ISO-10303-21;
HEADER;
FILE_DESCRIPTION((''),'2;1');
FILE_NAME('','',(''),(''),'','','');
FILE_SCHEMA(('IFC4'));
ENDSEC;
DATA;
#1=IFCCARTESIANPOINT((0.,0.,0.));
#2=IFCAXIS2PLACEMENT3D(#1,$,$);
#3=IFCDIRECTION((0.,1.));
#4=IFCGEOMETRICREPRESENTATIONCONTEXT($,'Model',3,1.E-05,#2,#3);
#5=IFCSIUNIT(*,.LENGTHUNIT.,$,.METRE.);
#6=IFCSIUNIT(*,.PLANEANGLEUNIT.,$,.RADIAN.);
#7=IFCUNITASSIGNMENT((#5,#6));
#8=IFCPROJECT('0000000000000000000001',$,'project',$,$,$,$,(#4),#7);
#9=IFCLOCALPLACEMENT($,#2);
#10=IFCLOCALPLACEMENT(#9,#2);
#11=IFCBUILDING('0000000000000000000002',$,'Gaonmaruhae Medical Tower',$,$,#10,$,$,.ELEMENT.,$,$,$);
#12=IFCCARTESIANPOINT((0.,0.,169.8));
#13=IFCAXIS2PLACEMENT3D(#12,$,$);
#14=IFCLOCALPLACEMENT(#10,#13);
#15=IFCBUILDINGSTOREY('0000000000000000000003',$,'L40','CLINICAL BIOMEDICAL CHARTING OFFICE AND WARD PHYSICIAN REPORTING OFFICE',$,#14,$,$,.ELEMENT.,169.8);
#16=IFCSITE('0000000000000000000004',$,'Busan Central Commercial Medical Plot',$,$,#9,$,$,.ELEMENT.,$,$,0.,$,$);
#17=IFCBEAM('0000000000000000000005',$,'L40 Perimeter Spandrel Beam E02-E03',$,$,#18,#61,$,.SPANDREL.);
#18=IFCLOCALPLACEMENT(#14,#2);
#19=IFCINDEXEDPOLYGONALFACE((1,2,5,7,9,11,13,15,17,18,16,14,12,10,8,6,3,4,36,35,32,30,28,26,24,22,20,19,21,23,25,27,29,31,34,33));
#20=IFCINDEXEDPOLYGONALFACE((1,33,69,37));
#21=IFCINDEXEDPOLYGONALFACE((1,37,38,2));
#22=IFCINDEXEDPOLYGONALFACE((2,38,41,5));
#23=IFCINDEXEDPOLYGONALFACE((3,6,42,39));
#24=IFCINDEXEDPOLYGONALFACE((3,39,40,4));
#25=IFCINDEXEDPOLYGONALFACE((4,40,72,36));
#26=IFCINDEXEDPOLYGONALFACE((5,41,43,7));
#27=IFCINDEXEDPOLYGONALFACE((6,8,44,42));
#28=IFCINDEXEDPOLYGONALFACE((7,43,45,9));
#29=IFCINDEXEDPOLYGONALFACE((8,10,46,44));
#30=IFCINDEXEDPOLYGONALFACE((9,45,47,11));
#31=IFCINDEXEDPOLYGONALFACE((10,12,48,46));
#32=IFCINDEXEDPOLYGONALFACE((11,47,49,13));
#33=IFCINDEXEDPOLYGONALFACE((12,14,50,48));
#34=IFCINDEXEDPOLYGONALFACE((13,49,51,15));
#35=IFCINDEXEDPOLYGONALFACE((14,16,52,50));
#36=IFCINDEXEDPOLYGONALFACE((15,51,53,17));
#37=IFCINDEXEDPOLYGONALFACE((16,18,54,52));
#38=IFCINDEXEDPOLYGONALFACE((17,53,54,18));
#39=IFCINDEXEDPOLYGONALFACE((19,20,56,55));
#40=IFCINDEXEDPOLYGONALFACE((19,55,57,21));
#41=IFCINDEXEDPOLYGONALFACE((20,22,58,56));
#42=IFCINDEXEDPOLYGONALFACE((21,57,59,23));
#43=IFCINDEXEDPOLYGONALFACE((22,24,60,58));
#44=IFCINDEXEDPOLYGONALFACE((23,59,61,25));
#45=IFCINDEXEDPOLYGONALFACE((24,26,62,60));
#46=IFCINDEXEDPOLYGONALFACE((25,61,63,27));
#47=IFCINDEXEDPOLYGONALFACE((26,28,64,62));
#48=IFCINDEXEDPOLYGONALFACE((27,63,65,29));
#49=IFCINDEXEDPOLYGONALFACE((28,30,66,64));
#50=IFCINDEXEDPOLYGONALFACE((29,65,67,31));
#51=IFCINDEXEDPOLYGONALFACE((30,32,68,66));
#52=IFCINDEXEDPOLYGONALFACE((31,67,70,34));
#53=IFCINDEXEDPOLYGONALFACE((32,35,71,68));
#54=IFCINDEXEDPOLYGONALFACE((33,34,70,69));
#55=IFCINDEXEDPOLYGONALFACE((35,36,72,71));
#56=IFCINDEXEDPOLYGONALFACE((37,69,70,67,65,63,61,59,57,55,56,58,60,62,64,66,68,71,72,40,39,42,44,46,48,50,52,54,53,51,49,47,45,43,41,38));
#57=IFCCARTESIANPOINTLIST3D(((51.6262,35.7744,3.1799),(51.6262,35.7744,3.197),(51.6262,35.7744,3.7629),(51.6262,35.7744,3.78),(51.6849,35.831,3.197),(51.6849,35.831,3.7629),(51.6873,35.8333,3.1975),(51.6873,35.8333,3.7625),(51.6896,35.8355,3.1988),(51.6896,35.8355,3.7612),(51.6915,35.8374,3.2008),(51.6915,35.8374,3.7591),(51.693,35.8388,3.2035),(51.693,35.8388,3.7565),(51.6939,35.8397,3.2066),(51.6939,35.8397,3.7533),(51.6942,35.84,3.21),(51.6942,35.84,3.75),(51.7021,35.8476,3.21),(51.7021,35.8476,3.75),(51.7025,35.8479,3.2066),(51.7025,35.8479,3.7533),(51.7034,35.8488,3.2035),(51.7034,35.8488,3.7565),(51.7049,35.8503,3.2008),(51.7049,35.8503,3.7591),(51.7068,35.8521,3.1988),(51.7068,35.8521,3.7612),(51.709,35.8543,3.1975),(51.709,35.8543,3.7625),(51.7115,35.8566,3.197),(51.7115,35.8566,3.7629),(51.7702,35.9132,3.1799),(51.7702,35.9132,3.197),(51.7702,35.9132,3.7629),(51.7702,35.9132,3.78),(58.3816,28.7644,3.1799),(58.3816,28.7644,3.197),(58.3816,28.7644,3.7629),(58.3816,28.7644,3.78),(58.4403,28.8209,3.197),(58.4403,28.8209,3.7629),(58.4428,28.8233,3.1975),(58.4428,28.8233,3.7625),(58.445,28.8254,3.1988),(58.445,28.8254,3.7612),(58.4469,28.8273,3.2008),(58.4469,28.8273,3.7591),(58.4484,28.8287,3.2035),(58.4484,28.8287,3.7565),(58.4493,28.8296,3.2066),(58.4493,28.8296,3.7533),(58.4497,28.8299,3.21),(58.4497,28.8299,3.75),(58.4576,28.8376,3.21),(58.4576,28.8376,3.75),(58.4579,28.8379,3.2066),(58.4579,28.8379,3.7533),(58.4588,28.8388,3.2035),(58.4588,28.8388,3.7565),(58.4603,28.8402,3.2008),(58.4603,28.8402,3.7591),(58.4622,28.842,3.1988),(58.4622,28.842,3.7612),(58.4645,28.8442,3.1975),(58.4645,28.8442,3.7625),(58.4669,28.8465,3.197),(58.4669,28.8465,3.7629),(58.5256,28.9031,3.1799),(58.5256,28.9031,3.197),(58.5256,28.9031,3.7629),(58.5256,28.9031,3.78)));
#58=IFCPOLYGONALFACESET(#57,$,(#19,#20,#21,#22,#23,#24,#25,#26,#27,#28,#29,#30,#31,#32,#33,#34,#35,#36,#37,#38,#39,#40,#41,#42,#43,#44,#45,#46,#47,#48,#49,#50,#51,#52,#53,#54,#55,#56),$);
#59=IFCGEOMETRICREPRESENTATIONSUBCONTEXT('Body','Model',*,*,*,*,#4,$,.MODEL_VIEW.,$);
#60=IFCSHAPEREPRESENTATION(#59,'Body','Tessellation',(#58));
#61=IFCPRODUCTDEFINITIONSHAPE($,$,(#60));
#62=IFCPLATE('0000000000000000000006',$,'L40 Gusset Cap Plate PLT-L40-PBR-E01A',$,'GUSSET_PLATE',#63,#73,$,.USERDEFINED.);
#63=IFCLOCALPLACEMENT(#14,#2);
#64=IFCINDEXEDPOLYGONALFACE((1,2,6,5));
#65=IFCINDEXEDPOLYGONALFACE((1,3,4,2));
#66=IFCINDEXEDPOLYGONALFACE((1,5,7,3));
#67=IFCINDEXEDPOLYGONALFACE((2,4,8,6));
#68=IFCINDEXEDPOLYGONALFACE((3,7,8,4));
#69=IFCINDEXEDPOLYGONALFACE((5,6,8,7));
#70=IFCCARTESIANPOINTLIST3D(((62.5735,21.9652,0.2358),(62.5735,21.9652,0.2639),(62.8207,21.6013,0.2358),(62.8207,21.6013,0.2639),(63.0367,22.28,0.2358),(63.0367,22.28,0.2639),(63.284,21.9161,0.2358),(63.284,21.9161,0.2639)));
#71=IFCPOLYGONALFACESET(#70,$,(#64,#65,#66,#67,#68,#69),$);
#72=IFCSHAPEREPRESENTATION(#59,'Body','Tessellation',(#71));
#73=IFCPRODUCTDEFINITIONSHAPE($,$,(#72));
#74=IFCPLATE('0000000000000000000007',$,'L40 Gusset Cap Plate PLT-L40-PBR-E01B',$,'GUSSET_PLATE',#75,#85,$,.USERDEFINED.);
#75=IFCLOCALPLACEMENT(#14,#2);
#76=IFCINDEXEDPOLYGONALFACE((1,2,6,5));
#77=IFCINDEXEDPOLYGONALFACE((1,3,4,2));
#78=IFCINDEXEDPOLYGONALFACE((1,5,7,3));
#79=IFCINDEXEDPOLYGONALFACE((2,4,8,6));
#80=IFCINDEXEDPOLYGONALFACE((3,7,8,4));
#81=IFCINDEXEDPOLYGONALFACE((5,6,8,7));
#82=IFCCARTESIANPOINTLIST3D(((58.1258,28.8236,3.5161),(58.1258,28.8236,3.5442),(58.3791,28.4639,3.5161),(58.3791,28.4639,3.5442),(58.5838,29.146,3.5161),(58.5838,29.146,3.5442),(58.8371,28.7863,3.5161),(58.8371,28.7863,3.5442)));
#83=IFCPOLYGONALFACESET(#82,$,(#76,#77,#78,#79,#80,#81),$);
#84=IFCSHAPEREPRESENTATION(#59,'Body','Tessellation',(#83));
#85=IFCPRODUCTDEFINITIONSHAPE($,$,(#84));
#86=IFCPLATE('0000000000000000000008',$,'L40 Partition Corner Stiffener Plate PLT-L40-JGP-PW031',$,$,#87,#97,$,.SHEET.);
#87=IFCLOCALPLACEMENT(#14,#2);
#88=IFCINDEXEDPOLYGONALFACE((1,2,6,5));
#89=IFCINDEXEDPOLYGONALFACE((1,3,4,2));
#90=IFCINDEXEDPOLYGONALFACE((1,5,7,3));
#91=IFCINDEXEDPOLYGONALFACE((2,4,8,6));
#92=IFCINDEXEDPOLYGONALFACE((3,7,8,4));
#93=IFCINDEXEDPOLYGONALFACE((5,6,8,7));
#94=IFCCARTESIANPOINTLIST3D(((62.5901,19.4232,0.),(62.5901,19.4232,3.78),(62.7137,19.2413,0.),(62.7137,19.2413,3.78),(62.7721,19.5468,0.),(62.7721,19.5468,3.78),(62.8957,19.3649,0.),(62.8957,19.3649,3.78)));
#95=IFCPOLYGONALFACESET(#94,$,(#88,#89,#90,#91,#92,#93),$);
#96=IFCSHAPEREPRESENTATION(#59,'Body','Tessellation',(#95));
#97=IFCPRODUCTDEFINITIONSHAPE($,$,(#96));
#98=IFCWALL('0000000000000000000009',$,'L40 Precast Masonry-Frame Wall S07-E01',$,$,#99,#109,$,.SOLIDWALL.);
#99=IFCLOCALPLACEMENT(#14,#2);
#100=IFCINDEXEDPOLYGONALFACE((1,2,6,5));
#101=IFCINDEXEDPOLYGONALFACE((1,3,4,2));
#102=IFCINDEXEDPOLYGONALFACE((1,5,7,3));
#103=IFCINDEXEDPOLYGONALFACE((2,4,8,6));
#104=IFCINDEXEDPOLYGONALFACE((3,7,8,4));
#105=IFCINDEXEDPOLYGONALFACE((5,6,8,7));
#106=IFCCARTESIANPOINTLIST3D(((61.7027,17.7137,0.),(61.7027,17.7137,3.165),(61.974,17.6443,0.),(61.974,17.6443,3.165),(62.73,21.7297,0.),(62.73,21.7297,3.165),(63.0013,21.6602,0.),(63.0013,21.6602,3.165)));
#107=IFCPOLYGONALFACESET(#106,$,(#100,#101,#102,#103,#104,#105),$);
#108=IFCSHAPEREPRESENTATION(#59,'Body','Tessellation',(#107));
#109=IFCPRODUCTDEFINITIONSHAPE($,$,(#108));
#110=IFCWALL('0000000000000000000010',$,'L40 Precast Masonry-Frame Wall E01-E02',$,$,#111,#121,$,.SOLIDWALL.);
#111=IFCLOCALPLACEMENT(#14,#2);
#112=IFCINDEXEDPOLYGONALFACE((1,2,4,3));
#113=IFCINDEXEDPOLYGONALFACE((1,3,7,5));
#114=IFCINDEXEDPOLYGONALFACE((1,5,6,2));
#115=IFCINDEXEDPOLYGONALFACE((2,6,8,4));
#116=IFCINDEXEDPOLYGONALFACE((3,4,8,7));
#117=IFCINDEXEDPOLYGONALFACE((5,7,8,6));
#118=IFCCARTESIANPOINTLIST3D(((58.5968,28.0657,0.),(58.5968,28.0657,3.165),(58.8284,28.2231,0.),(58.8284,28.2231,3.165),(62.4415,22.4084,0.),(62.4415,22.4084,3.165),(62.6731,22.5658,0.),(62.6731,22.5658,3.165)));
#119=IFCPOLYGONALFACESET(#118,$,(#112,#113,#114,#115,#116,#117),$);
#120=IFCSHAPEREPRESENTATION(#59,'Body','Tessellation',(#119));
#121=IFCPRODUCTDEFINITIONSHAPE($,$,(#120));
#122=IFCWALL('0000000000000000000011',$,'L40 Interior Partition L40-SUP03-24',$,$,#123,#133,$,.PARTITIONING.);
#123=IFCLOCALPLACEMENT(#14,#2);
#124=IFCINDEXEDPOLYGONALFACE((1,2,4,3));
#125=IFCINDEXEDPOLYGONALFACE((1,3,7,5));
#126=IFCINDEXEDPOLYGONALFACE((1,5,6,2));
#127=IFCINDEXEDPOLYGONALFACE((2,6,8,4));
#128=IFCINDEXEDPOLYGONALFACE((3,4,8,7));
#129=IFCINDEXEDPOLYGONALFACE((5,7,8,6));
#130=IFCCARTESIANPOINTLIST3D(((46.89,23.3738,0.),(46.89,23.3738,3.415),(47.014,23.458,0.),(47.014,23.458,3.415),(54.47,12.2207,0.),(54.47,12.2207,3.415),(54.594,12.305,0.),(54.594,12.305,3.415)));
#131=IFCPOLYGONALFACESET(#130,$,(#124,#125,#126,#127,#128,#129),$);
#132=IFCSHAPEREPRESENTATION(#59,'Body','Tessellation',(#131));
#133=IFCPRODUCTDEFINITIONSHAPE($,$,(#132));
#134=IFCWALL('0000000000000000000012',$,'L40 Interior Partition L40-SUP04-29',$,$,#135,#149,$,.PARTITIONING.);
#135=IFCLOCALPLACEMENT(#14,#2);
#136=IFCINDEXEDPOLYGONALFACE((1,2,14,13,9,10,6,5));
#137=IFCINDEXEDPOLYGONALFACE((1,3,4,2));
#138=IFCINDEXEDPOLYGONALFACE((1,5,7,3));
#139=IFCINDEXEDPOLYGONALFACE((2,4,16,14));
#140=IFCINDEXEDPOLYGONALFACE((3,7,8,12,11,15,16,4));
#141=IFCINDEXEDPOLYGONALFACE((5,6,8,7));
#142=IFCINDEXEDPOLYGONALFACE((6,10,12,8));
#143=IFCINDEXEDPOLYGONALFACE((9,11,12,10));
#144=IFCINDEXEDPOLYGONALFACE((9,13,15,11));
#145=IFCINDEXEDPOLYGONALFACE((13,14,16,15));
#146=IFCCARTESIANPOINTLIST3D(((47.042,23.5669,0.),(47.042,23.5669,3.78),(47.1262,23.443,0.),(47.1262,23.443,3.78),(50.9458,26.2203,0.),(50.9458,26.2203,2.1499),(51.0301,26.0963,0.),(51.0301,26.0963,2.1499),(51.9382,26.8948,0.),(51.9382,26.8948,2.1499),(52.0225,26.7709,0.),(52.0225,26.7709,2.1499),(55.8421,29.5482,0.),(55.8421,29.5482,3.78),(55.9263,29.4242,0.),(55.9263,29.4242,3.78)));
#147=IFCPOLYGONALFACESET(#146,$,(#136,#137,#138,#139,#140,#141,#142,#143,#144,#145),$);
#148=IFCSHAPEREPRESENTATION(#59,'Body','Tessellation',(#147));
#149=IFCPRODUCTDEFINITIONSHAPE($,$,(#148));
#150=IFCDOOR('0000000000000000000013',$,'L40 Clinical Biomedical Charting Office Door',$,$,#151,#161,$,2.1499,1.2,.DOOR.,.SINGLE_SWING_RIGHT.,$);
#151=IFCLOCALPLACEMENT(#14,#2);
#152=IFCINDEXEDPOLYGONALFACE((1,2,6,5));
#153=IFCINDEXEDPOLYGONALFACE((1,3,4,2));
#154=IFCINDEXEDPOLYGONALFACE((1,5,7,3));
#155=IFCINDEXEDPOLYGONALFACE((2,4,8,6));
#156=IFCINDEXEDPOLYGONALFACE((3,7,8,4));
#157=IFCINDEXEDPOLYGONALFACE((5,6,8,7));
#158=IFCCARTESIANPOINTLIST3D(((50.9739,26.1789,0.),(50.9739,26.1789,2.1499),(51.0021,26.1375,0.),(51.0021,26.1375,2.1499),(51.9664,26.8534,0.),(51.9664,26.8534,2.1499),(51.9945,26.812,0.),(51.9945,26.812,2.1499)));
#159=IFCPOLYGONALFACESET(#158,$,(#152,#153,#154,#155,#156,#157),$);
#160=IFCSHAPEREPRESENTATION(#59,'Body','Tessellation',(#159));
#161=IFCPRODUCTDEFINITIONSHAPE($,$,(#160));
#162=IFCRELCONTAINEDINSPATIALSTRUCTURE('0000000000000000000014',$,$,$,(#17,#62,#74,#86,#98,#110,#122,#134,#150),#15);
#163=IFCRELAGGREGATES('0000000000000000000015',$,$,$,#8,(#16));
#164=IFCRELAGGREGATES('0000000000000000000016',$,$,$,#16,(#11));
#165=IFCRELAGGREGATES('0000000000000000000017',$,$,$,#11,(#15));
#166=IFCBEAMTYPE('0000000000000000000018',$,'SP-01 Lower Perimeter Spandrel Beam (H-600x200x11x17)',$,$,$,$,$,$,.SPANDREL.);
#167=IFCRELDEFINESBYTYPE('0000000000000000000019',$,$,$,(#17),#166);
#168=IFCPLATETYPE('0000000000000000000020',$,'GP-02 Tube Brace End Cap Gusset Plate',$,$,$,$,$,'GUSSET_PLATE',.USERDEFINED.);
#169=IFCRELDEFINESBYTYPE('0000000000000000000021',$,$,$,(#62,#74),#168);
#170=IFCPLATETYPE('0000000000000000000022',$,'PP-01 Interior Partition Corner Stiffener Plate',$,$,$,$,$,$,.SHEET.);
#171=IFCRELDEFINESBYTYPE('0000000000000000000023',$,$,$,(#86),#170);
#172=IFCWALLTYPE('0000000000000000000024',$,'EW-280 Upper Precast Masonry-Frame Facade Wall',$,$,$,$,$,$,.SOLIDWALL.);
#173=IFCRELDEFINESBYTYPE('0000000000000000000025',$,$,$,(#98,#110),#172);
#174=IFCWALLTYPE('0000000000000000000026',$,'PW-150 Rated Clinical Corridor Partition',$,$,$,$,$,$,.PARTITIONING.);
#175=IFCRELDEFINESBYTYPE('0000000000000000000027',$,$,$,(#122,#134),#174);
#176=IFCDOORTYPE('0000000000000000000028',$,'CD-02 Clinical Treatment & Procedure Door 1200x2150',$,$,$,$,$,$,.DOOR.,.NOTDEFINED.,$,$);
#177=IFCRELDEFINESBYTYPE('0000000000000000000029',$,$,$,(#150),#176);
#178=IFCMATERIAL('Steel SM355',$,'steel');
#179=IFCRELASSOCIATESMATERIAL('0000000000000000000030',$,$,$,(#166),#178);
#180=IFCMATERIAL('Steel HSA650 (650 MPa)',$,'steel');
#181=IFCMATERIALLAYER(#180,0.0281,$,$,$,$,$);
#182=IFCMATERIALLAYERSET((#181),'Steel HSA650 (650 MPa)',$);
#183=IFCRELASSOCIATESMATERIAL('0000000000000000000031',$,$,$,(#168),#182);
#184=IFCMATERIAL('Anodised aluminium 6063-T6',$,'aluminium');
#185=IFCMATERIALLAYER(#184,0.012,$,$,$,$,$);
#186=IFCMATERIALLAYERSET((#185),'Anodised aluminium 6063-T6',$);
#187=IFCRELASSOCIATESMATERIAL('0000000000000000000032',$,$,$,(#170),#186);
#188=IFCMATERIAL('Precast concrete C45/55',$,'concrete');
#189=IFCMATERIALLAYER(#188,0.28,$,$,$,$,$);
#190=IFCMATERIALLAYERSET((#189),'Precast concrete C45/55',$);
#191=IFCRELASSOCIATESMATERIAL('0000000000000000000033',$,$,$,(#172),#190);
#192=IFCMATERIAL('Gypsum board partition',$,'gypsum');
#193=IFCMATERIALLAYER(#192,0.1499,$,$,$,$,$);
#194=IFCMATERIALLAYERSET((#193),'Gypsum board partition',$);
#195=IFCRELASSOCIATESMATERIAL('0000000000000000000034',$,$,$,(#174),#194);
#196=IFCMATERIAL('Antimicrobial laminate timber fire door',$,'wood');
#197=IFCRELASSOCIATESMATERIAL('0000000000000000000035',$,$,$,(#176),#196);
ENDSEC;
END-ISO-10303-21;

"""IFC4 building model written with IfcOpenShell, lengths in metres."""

from ifc_helpers import new_model, si_unit, direction, frame, frame_2d, origin, origin_2d, place, context, subcontext, project, spatial, rectangle, i_section, extrude, material, layer, layer_set, material_profile, profile_set, type_object, element, fill, save


model = new_model("IFC4")

# Units and contexts
model_context = context("Model", 3, precision=1e-05, world=origin(), true_north=direction((0.0, 1.0)))
body_context = subcontext(model_context, "Body", "Model", "MODEL_VIEW")
ifc_project = project(units=[si_unit("LENGTHUNIT", "METRE"), si_unit("PLANEANGLEUNIT", "RADIAN")], contexts=[model_context])

# Site, building, storey
site_placement = place(None, origin())
site = spatial("IfcSite", under=ifc_project, at=site_placement, Name="Busan Central Commercial Medical Plot", CompositionType="ELEMENT", RefElevation=0.0)
building_placement = place(site_placement, origin())
building = spatial("IfcBuilding", under=site, at=building_placement, Name="Gaonmaruhae Medical Tower", CompositionType="ELEMENT")
storey_placement = place(building_placement, frame((0.0, 0.0, 169.8)))
storey = spatial("IfcBuildingStorey", under=building, at=storey_placement, Name="L40", Description="CLINICAL BIOMEDICAL CHARTING OFFICE AND WARD PHYSICIAN REPORTING OFFICE", CompositionType="ELEMENT", Elevation=169.8)

# Shared definitions
ifc_material_1 = material(Name="Steel SM355", Category="steel")

# Beam
ifc_material_profile_1 = material_profile(ifc_material_1, i_section(OverallWidth=0.2, OverallDepth=0.6001, WebThickness=0.011, FlangeThickness=0.0171, FilletRadius=0.0129, at=origin_2d()), Name="H-600x200x11x17")
ifc_profile_set_1 = profile_set([ifc_material_profile_1], Name="Steel SM355")
beam_type_1 = type_object("IfcBeamType", Name="SP-01 Lower Perimeter Spandrel Beam (H-600x200x11x17)", PredefinedType="SPANDREL", material=ifc_profile_set_1)
beam_1_placement = place(storey_placement, frame((58.4536, 28.8337, 3.48), z_axis=(-0.693908, 0.720064, 0.0), x_axis=(-0.720064, -0.693908, 0.0)))
element("IfcBeam", 1, at=beam_1_placement, inside=storey, type_object=beam_type_1, Name="L40 Perimeter Spandrel Beam E02-E03", PredefinedType="SPANDREL", context=body_context, shape_type="SweptSolid", body=[
    extrude(i_section(OverallWidth=0.2, OverallDepth=0.6001, WebThickness=0.011, FlangeThickness=0.0171, FilletRadius=0.0129, at=origin_2d()), origin(), (0.0, 0.0, 1.0), 9.7354),
])

# Plates
ifc_material_2 = material(Name="Steel HSA650 (650 MPa)", Category="steel")
ifc_layer_1 = layer(ifc_material_2, 0.0281)
ifc_layer_set_1 = layer_set([ifc_layer_1], Name="Steel HSA650 (650 MPa)")
plate_type_1 = type_object("IfcPlateType", Name="GP-02 Tube Brace End Cap Gusset Plate", ElementType="GUSSET_PLATE", PredefinedType="USERDEFINED", material=ifc_layer_set_1)
for number, where, z_axis, x_axis, name in (
    (2, (62.9287, 21.9407, 0.2358), (0.0, 0.0, 1.0), (0.827081, 0.562083, 0.0), "L40 Gusset Cap Plate PLT-L40-PBR-E01A"),
    (3, (58.4814, 28.8049, 3.5161), (0.0, 0.0, 1.0), (0.817648, 0.575719, 0.0), "L40 Gusset Cap Plate PLT-L40-PBR-E01B"),
):
    element("IfcPlate", number, at=place(storey_placement, frame(where, z_axis=z_axis, x_axis=x_axis)), inside=storey, type_object=plate_type_1, Name=name, ObjectType="GUSSET_PLATE", PredefinedType="USERDEFINED", context=body_context, shape_type="SweptSolid", body=[
        extrude(rectangle(XDim=0.5601, YDim=0.4399, at=origin_2d()), origin(), (0.0, 0.0, 1.0), 0.0281),
    ])
ifc_material_3 = material(Name="Anodised aluminium 6063-T6", Category="aluminium")
ifc_layer_2 = layer(ifc_material_3, 0.012)
ifc_layer_set_2 = layer_set([ifc_layer_2], Name="Anodised aluminium 6063-T6")
plate_type_2 = type_object("IfcPlateType", Name="PP-01 Interior Partition Corner Stiffener Plate", PredefinedType="SHEET", material=ifc_layer_set_2)
plate_placement = place(storey_placement, frame((62.7429, 19.394, 0.0), z_axis=(0.0, 0.0, 1.0), x_axis=(0.561881, -0.827218, 0.0)))
element("IfcPlate", 4, at=plate_placement, inside=storey, type_object=plate_type_2, Name="L40 Partition Corner Stiffener Plate PLT-L40-JGP-PW031", PredefinedType="SHEET", context=body_context, shape_type="SweptSolid", body=[
    extrude(rectangle(XDim=0.22, YDim=0.22, at=origin_2d()), origin(), (0.0, 0.0, 1.0), 3.78),
])

# Walls
ifc_material_4 = material(Name="Precast concrete C45/55", Category="concrete")
ifc_layer_3 = layer(ifc_material_4, 0.28)
ifc_layer_set_3 = layer_set([ifc_layer_3], Name="Precast concrete C45/55")
wall_type_1 = type_object("IfcWallType", Name="EW-280 Upper Precast Masonry-Frame Facade Wall", PredefinedType="SOLIDWALL", material=ifc_layer_set_3)
wall_1_placement = place(storey_placement, frame((62.8657, 21.6951, 0.0), z_axis=(0.0, 0.0, 1.0), x_axis=(-0.24784, -0.968801, 0.0)))
element("IfcWall", 5, at=wall_1_placement, inside=storey, type_object=wall_type_1, Name="L40 Precast Masonry-Frame Wall S07-E01", PredefinedType="SOLIDWALL", context=body_context, shape_type="SweptSolid", body=[
    extrude(rectangle(XDim=4.1453, YDim=0.28, at=frame_2d((2.0728, 0.0))), origin(), (0.0, 0.0, 1.0), 3.165),
])
wall_2_placement = place(storey_placement, frame((58.7126, 28.1443, 0.0), z_axis=(0.0, 0.0, 1.0), x_axis=(0.562091, -0.827075, 0.0)))
element("IfcWall", 6, at=wall_2_placement, inside=storey, type_object=wall_type_1, Name="L40 Precast Masonry-Frame Wall E01-E02", PredefinedType="SOLIDWALL", context=body_context, shape_type="SweptSolid", body=[
    extrude(rectangle(XDim=6.8401, YDim=0.28, at=frame_2d((3.4199, 0.0))), origin(), (0.0, 0.0, 1.0), 3.165),
])
ifc_material_5 = material(Name="Gypsum board partition", Category="gypsum")
ifc_layer_4 = layer(ifc_material_5, 0.1499)
ifc_layer_set_4 = layer_set([ifc_layer_4], Name="Gypsum board partition")
wall_type_2 = type_object("IfcWallType", Name="PW-150 Rated Clinical Corridor Partition", PredefinedType="PARTITIONING", material=ifc_layer_set_4)
wall_3_placement = place(storey_placement, frame((46.9519, 23.416, 0.0), z_axis=(0.0, 0.0, 1.0), x_axis=(0.562106, -0.827065, 0.0)))
element("IfcWall", 7, at=wall_3_placement, inside=storey, type_object=wall_type_2, Name="L40 Interior Partition L40-SUP03-24", PredefinedType="PARTITIONING", context=body_context, shape_type="SweptSolid", body=[
    extrude(rectangle(XDim=13.4851, YDim=0.1499, at=frame_2d((6.7427, 0.0))), origin(), (0.0, 0.0, 1.0), 3.415),
])

# Wall, opening, door
wall_4_placement = place(storey_placement, frame((47.084, 23.5049, 0.0), z_axis=(0.0, 0.0, 1.0), x_axis=(0.82705, 0.562128, 0.0)))
wall_4 = element("IfcWall", 8, at=wall_4_placement, inside=storey, type_object=wall_type_2, Name="L40 Interior Partition L40-SUP04-29", PredefinedType="PARTITIONING", context=body_context, shape_type="SweptSolid", body=[
    extrude(rectangle(XDim=10.6404, YDim=0.1499, at=frame_2d((5.3203, 0.0))), origin(), (0.0, 0.0, 1.0), 3.78),
])
opening_1_placement = place(wall_4_placement, frame((4.7202, 0.0, 0.0)))
opening_1 = element("IfcOpeningElement", 9, at=opening_1_placement, cuts=wall_4, PredefinedType="OPENING", context=body_context, shape_type="SweptSolid", body=[
    extrude(rectangle(XDim=1.2, YDim=2.1499, at=frame_2d((0.6001, 1.075))), frame((0.0, 0.085, 0.0), z_axis=(0.0, -1.0, 0.0), x_axis=(1.0, 0.0, 0.0)), (0.0, 0.0, 1.0), 0.1699),
])
ifc_material_6 = material(Name="Antimicrobial laminate timber fire door", Category="wood")
door_type_1 = type_object("IfcDoorType", Name="CD-02 Clinical Treatment & Procedure Door 1200x2150", OperationType="NOTDEFINED", PredefinedType="DOOR", material=ifc_material_6)
door_1_placement = place(opening_1_placement, origin())
door_1 = element("IfcDoor", 10, at=door_1_placement, inside=storey, type_object=door_type_1, Name="L40 Clinical Biomedical Charting Office Door", OperationType="SINGLE_SWING_RIGHT", OverallHeight=2.1499, OverallWidth=1.2, PredefinedType="DOOR", context=body_context, shape_type="SweptSolid", body=[
    extrude(rectangle(XDim=1.2, YDim=2.1499, at=frame_2d((0.6001, 1.075))), frame((0.0, 0.0249, 0.0), z_axis=(0.0, -1.0, 0.0), x_axis=(1.0, 0.0, 0.0)), (0.0, 0.0, 1.0), 0.05),
])
fill(opening_1, door_1)

save(model, "model.ifc")
